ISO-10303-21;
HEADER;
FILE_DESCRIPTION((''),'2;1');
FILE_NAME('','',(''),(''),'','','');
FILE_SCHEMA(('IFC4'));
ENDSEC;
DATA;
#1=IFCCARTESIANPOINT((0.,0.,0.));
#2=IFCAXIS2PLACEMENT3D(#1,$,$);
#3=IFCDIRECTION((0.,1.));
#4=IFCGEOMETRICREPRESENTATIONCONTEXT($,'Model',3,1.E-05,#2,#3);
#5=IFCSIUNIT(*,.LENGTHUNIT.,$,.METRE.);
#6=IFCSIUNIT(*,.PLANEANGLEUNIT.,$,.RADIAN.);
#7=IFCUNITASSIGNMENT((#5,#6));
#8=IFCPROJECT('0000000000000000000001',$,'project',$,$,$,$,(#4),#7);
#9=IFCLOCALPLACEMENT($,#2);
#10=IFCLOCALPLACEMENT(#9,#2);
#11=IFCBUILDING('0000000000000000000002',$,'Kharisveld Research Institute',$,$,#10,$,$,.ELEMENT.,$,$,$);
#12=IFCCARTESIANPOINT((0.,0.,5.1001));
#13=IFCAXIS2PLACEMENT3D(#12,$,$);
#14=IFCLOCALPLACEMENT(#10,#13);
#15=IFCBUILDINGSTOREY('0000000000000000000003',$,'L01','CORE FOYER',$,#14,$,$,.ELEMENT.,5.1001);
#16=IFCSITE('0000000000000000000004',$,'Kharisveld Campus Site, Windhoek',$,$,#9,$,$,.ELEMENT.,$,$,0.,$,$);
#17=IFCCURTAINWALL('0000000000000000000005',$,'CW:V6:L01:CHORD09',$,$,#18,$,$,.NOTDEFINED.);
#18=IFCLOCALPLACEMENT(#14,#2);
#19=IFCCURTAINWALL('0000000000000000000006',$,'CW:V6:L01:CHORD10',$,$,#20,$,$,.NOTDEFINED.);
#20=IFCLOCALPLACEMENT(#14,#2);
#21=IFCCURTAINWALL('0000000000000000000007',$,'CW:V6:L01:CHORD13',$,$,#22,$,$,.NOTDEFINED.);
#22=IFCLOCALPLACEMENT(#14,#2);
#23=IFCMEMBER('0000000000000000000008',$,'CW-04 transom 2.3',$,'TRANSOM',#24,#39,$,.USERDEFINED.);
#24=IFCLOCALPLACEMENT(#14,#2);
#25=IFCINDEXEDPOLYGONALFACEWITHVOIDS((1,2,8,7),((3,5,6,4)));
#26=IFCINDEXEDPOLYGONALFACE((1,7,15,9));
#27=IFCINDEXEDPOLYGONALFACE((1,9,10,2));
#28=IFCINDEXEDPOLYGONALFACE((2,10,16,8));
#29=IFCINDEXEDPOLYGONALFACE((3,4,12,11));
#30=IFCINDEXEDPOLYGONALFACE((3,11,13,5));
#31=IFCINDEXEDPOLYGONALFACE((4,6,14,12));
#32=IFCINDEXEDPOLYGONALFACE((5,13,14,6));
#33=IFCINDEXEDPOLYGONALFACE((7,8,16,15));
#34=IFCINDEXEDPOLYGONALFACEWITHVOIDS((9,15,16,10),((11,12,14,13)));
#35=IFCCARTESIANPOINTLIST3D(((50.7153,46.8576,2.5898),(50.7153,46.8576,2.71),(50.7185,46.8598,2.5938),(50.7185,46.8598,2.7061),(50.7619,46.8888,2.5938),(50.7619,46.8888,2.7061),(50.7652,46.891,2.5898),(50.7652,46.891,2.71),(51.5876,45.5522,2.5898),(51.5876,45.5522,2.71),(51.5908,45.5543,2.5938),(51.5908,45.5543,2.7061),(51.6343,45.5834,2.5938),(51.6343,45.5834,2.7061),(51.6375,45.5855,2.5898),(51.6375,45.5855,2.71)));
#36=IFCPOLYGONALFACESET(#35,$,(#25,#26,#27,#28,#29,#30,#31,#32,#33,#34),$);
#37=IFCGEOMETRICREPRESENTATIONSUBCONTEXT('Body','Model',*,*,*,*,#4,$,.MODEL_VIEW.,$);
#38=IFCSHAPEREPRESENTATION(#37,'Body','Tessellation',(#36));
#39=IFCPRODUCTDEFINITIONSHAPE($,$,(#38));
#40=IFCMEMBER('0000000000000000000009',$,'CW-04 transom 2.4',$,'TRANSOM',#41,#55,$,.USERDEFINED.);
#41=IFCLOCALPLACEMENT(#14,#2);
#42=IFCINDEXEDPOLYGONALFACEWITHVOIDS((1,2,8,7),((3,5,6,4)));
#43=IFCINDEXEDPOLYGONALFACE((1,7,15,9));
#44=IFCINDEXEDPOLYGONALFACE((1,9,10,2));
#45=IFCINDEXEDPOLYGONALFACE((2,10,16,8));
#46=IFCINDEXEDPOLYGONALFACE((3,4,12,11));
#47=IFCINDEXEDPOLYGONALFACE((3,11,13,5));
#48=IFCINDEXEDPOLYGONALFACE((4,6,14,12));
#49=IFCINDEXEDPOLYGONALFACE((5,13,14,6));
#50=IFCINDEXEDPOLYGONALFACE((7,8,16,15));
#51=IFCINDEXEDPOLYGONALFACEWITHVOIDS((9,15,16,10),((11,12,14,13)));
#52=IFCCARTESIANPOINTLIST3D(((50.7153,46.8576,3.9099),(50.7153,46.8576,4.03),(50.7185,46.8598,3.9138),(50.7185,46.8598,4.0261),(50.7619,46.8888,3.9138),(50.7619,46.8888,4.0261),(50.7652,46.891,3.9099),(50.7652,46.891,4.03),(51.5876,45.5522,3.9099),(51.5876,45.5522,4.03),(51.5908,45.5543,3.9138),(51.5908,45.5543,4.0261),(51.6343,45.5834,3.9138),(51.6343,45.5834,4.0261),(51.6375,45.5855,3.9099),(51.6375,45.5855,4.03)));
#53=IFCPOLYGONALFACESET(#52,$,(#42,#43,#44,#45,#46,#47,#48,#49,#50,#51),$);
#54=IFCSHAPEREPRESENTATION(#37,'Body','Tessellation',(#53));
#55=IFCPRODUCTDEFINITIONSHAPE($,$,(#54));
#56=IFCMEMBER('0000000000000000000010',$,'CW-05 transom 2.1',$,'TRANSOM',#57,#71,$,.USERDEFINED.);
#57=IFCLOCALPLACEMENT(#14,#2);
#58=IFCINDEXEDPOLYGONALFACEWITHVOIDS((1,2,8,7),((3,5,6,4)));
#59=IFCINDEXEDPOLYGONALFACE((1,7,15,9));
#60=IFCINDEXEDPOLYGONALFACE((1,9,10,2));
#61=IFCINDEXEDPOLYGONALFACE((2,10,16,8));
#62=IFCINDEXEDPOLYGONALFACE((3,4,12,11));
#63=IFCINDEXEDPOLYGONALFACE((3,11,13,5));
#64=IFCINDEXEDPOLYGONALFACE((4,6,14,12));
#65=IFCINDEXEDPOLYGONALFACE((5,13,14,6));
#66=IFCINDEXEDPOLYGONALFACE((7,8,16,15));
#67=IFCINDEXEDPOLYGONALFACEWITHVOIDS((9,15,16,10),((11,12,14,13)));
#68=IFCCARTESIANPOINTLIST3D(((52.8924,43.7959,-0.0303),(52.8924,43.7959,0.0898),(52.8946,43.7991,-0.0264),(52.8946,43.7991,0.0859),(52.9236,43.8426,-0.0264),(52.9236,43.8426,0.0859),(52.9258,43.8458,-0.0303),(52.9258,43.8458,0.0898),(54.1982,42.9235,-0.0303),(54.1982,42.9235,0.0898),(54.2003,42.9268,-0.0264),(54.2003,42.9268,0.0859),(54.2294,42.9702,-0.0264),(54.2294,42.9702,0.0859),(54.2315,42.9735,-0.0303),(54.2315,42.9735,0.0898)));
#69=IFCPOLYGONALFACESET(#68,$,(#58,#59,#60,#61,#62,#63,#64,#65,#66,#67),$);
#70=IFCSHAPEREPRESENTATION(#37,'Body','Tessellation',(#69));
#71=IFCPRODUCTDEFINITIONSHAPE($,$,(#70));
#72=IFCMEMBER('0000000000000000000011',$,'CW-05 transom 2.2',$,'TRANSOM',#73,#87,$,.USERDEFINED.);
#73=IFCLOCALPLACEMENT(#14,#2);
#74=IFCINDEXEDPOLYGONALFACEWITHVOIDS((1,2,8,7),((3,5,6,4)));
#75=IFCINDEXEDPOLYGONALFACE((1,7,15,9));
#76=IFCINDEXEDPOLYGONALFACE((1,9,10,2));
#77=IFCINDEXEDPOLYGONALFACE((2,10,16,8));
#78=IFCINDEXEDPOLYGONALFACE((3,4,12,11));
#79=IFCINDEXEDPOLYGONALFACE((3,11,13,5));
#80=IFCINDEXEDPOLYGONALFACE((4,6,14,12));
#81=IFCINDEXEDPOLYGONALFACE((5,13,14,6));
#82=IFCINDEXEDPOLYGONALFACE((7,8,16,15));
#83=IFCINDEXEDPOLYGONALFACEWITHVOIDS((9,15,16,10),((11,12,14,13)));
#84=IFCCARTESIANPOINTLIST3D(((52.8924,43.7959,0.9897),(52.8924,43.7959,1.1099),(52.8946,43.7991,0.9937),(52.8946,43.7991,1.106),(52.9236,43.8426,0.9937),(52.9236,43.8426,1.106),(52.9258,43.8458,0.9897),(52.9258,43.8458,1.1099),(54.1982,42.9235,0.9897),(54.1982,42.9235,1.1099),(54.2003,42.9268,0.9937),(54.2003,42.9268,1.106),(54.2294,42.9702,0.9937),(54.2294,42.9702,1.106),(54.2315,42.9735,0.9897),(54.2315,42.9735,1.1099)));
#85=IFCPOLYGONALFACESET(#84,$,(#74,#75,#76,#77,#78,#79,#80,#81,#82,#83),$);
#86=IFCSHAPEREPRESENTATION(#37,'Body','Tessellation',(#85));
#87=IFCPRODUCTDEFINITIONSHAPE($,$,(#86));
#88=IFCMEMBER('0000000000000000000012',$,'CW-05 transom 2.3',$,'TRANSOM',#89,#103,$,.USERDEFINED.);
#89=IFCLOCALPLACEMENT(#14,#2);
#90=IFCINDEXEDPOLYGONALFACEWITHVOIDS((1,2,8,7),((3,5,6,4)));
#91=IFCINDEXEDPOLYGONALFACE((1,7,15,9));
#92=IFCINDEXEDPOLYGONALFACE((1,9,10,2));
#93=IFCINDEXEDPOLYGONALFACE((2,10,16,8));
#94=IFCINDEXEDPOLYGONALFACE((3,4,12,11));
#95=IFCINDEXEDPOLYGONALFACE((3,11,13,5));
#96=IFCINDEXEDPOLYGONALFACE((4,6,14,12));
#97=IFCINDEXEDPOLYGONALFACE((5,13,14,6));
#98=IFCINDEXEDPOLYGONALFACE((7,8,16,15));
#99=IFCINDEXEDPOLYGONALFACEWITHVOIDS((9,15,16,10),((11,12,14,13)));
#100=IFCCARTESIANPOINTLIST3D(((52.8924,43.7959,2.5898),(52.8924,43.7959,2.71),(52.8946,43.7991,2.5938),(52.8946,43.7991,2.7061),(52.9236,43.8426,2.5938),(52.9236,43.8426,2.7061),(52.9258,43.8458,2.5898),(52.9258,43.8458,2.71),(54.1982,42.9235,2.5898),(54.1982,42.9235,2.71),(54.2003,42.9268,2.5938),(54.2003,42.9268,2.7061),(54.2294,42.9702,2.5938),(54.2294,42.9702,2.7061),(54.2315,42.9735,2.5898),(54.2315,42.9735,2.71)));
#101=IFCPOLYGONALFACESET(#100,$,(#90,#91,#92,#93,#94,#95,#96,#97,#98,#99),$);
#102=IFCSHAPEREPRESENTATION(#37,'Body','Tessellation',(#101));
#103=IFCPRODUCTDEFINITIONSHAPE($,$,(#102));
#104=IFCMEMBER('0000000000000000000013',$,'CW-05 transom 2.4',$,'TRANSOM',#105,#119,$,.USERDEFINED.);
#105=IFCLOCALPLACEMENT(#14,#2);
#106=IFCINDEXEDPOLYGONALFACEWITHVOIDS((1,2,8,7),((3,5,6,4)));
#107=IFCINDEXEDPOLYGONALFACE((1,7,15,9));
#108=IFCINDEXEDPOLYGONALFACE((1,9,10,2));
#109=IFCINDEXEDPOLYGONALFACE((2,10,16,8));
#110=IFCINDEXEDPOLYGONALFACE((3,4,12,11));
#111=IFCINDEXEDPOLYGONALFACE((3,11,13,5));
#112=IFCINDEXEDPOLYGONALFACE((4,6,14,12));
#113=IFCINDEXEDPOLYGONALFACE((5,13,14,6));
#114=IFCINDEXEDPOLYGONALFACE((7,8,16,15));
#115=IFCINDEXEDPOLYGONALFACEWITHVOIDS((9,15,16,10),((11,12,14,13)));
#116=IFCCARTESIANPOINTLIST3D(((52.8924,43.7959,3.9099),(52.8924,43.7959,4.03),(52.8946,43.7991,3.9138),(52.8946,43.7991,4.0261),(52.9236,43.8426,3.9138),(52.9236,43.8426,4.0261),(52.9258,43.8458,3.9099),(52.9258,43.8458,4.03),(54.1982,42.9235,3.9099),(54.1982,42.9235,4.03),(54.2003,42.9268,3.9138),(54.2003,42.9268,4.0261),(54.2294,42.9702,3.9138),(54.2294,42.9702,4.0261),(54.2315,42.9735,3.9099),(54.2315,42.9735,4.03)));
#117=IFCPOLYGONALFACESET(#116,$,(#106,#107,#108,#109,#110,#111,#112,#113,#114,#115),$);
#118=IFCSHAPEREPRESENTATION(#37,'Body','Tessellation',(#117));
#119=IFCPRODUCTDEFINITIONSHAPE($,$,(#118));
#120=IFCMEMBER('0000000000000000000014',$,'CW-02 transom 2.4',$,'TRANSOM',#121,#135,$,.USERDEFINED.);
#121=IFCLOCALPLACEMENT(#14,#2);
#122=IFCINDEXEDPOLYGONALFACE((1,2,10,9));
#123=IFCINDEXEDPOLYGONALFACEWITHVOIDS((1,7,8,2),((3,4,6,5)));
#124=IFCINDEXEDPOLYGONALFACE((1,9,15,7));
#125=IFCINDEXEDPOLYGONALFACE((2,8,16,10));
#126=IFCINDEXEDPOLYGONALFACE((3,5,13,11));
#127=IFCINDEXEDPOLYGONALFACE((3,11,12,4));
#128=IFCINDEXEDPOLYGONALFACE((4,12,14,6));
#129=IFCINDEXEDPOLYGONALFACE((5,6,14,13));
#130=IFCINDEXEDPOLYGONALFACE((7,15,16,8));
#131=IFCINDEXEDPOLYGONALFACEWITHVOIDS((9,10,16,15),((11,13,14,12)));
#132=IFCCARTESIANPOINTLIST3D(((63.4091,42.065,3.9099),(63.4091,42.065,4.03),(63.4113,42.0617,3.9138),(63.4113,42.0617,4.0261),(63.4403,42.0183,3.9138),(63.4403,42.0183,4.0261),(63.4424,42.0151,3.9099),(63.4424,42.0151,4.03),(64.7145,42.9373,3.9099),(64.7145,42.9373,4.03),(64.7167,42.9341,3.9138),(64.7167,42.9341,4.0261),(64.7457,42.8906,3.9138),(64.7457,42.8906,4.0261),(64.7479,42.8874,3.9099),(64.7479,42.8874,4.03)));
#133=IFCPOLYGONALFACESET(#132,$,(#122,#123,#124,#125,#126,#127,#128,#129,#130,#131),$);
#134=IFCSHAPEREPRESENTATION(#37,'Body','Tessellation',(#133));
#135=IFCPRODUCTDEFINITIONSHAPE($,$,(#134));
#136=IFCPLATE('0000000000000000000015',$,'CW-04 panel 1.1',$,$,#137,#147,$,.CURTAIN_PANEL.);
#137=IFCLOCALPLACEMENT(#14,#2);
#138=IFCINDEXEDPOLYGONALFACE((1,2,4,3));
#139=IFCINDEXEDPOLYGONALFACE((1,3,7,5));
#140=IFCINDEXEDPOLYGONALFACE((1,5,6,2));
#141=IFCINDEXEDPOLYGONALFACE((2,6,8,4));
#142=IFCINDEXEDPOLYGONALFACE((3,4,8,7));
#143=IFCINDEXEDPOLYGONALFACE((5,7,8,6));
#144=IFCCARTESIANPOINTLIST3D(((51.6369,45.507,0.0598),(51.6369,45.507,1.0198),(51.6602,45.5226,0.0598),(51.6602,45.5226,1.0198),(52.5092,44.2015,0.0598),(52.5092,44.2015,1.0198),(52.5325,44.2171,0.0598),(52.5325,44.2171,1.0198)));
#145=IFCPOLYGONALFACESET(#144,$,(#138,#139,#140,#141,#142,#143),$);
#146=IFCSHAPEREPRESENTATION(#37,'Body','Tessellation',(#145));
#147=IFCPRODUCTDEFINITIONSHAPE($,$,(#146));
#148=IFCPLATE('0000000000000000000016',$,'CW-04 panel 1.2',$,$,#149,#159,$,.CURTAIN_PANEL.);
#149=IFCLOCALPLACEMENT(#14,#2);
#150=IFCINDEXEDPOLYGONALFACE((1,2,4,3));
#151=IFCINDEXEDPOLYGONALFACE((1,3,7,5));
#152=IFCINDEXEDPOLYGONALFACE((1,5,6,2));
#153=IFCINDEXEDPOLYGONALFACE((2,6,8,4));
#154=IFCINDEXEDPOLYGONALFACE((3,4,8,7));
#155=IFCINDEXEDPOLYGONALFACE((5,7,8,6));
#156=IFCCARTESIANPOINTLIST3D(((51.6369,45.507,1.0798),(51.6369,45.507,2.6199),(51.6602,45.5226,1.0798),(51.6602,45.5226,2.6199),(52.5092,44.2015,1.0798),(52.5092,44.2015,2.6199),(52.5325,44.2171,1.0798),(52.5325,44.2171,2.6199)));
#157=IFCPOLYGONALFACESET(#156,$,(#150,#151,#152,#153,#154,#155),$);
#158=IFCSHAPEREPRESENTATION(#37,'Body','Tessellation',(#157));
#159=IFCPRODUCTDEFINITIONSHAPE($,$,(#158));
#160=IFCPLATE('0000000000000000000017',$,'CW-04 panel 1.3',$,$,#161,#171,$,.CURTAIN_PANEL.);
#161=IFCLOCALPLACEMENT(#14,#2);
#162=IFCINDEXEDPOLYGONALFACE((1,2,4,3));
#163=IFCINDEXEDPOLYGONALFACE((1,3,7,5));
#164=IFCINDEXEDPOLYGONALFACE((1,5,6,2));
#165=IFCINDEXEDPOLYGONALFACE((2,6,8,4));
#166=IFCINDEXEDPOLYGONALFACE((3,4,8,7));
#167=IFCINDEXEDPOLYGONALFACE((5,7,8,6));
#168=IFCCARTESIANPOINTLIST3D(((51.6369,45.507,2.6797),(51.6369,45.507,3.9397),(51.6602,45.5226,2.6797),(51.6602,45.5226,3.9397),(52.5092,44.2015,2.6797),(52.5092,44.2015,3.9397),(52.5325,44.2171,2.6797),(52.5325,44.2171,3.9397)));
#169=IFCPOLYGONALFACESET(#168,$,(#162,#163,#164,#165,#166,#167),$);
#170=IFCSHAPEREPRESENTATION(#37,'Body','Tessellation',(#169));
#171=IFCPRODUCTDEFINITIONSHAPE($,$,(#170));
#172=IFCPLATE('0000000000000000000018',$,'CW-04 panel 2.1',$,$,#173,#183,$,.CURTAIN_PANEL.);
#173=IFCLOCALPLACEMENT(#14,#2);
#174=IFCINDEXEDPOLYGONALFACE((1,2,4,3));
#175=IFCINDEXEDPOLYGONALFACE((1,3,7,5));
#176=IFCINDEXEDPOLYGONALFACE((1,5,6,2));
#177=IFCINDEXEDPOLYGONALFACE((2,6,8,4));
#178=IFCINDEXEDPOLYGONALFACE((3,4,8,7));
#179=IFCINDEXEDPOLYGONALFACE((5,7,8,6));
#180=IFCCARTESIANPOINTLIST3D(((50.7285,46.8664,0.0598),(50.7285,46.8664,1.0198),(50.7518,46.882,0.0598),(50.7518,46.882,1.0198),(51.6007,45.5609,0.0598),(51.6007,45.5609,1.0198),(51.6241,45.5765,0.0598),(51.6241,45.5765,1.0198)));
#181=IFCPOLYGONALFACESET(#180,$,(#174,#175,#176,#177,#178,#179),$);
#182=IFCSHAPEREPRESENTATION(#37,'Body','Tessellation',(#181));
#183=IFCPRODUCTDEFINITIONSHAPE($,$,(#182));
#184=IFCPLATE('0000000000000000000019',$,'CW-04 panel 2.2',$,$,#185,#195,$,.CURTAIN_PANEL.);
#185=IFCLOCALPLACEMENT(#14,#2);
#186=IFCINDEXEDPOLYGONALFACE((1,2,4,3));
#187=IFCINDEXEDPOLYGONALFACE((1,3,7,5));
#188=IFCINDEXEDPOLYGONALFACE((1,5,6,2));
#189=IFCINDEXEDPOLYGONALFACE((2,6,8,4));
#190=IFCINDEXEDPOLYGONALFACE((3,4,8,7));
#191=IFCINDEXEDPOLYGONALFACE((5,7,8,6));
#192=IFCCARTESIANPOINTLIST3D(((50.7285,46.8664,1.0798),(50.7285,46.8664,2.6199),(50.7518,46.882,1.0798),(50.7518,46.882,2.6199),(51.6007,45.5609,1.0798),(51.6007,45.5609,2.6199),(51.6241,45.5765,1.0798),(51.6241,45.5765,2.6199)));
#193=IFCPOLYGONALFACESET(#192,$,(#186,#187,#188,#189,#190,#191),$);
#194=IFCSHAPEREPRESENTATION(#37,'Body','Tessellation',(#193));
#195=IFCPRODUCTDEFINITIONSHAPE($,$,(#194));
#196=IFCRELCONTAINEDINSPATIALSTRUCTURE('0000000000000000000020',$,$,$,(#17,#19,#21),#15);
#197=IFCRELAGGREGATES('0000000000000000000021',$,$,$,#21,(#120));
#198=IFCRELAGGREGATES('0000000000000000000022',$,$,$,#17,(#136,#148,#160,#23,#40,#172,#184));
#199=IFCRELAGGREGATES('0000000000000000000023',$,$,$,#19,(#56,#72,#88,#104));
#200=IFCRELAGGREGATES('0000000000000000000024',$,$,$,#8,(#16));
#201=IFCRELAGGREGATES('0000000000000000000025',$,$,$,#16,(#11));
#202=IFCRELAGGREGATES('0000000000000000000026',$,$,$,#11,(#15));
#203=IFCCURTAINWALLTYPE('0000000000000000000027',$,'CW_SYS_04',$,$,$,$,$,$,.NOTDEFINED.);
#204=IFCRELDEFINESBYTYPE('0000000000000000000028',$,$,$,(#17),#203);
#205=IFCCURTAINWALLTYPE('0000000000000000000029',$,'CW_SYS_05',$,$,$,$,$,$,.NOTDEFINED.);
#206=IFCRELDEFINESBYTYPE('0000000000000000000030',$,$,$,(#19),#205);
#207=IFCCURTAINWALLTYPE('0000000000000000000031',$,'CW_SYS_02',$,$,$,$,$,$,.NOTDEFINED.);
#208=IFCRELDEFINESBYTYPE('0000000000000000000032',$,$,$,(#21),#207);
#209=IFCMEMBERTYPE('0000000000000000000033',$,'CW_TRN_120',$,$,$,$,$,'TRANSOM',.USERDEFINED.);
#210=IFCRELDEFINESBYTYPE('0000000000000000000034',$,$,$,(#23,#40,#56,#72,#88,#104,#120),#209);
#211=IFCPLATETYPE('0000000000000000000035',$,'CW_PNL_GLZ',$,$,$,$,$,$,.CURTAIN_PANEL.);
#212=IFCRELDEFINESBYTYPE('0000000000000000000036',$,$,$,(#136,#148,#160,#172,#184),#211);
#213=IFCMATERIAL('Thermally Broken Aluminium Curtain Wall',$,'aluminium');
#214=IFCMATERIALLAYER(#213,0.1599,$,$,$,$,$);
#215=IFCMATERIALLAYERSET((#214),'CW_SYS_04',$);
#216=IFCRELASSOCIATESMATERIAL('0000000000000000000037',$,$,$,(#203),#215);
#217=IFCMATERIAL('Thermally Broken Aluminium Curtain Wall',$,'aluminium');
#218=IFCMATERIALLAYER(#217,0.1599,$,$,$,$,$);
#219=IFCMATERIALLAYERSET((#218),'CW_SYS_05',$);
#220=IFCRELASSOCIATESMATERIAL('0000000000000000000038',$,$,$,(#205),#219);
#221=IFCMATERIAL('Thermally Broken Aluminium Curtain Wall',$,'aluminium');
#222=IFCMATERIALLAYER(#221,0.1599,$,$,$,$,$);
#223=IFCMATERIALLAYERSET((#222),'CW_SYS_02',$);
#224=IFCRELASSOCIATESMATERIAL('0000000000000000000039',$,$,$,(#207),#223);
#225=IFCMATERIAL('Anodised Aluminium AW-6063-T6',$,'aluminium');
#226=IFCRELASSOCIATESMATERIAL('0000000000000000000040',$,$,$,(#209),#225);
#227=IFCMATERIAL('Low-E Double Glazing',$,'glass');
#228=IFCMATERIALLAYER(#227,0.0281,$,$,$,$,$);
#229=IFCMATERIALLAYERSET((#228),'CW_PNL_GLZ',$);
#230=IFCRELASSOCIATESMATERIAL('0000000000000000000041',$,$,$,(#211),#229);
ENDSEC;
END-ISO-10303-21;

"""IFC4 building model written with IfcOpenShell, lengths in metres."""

from ifc_helpers import new_model, si_unit, direction, frame, origin, origin_2d, place, context, subcontext, project, spatial, rectangle, hollow_rectangle, extrude, material, layer, layer_set, material_profile, profile_set, type_object, element, aggregate, save


model = new_model("IFC4")

# Units and contexts
model_context = context("Model", 3, precision=1e-05, world=origin(), true_north=direction((0.0, 1.0)))
body_context = subcontext(model_context, "Body", "Model", "MODEL_VIEW")
ifc_project = project(units=[si_unit("LENGTHUNIT", "METRE"), si_unit("PLANEANGLEUNIT", "RADIAN")], contexts=[model_context])

# Site, building, storey
site_placement = place(None, origin())
site = spatial("IfcSite", under=ifc_project, at=site_placement, Name="Kharisveld Campus Site, Windhoek", CompositionType="ELEMENT", RefElevation=0.0)
building_placement = place(site_placement, origin())
building = spatial("IfcBuilding", under=site, at=building_placement, Name="Kharisveld Research Institute", CompositionType="ELEMENT")
storey_placement = place(building_placement, frame((0.0, 0.0, 5.1001)))
storey = spatial("IfcBuildingStorey", under=building, at=storey_placement, Name="L01", Description="CORE FOYER", CompositionType="ELEMENT", Elevation=5.1001)

# Curtain walls
ifc_material_1 = material(Name="Thermally Broken Aluminium Curtain Wall", Category="aluminium")
ifc_layer_1 = layer(ifc_material_1, 0.1599)
ifc_layer_set_1 = layer_set([ifc_layer_1], Name="CW_SYS_04")
curtain_wall_type_1 = type_object("IfcCurtainWallType", Name="CW_SYS_04", PredefinedType="NOTDEFINED", material=ifc_layer_set_1)
curtain_wall_1_placement = place(storey_placement, origin())
curtain_wall_1 = element("IfcCurtainWall", 1, at=curtain_wall_1_placement, inside=storey, type_object=curtain_wall_type_1, Name="CW:V6:L01:CHORD09", PredefinedType="NOTDEFINED")
ifc_material_2 = material(Name="Thermally Broken Aluminium Curtain Wall", Category="aluminium")
ifc_layer_2 = layer(ifc_material_2, 0.1599)
ifc_layer_set_2 = layer_set([ifc_layer_2], Name="CW_SYS_05")
curtain_wall_type_2 = type_object("IfcCurtainWallType", Name="CW_SYS_05", PredefinedType="NOTDEFINED", material=ifc_layer_set_2)
curtain_wall_2_placement = place(storey_placement, origin())
curtain_wall_2 = element("IfcCurtainWall", 2, at=curtain_wall_2_placement, inside=storey, type_object=curtain_wall_type_2, Name="CW:V6:L01:CHORD10", PredefinedType="NOTDEFINED")

# Curtain wall
ifc_material_3 = material(Name="Thermally Broken Aluminium Curtain Wall", Category="aluminium")
ifc_layer_3 = layer(ifc_material_3, 0.1599)
ifc_layer_set_3 = layer_set([ifc_layer_3], Name="CW_SYS_02")
curtain_wall_type_3 = type_object("IfcCurtainWallType", Name="CW_SYS_02", PredefinedType="NOTDEFINED", material=ifc_layer_set_3)
curtain_wall_3_placement = place(storey_placement, origin())
curtain_wall_3 = element("IfcCurtainWall", 3, at=curtain_wall_3_placement, inside=storey, type_object=curtain_wall_type_3, Name="CW:V6:L01:CHORD13", PredefinedType="NOTDEFINED")

# Members
ifc_material_4 = material(Name="Anodised Aluminium AW-6063-T6", Category="aluminium")
ifc_material_profile_1 = material_profile(ifc_material_4, hollow_rectangle(XDim=0.0601, YDim=0.1201, WallThickness=0.0039, at=origin_2d()))
ifc_profile_set_1 = profile_set([ifc_material_profile_1], Name="Anodised Aluminium AW-6063-T6")
member_type_1 = type_object("IfcMemberType", Name="CW_TRN_120", ElementType="TRANSOM", PredefinedType="USERDEFINED", material=ifc_profile_set_1)
member_1_placement = place(storey_placement, frame((51.6125, 45.5688, 2.6499), z_axis=(-0.555597, 0.831452, 0.0), x_axis=(-0.831452, -0.555597, 0.0)))
member_1 = element("IfcMember", 4, at=member_1_placement, type_object=member_type_1, Name="CW-04 transom 2.3", ObjectType="TRANSOM", PredefinedType="USERDEFINED", context=body_context, shape_type="SweptSolid", body=[
    extrude(hollow_rectangle(XDim=0.0601, YDim=0.1201, WallThickness=0.0039, at=origin_2d()), origin(), (0.0, 0.0, 1.0), 1.5701),
])
member_2_placement = place(storey_placement, frame((51.6125, 45.5688, 3.97), z_axis=(-0.555597, 0.831452, 0.0), x_axis=(-0.831452, -0.555597, 0.0)))
member_2 = element("IfcMember", 5, at=member_2_placement, type_object=member_type_1, Name="CW-04 transom 2.4", ObjectType="TRANSOM", PredefinedType="USERDEFINED", context=body_context, shape_type="SweptSolid", body=[
    extrude(hollow_rectangle(XDim=0.0601, YDim=0.1201, WallThickness=0.0039, at=origin_2d()), origin(), (0.0, 0.0, 1.0), 1.5701),
])
member_3_placement = place(storey_placement, frame((54.2148, 42.9485, 0.0298), z_axis=(-0.8315, 0.555525, 0.0), x_axis=(-0.555525, -0.8315, 0.0)))
member_3 = element("IfcMember", 6, at=member_3_placement, type_object=member_type_1, Name="CW-05 transom 2.1", ObjectType="TRANSOM", PredefinedType="USERDEFINED", context=body_context, shape_type="SweptSolid", body=[
    extrude(hollow_rectangle(XDim=0.0601, YDim=0.1201, WallThickness=0.0039, at=origin_2d()), origin(), (0.0, 0.0, 1.0), 1.5703),
])
member_4_placement = place(storey_placement, frame((54.2148, 42.9485, 1.0498), z_axis=(-0.8315, 0.555525, 0.0), x_axis=(-0.555525, -0.8315, 0.0)))
member_4 = element("IfcMember", 7, at=member_4_placement, type_object=member_type_1, Name="CW-05 transom 2.2", ObjectType="TRANSOM", PredefinedType="USERDEFINED", context=body_context, shape_type="SweptSolid", body=[
    extrude(hollow_rectangle(XDim=0.0601, YDim=0.1201, WallThickness=0.0039, at=origin_2d()), origin(), (0.0, 0.0, 1.0), 1.5703),
])
member_5_placement = place(storey_placement, frame((54.2148, 42.9485, 2.6499), z_axis=(-0.8315, 0.555525, 0.0), x_axis=(-0.555525, -0.8315, 0.0)))
member_5 = element("IfcMember", 8, at=member_5_placement, type_object=member_type_1, Name="CW-05 transom 2.3", ObjectType="TRANSOM", PredefinedType="USERDEFINED", context=body_context, shape_type="SweptSolid", body=[
    extrude(hollow_rectangle(XDim=0.0601, YDim=0.1201, WallThickness=0.0039, at=origin_2d()), origin(), (0.0, 0.0, 1.0), 1.5703),
])
member_6_placement = place(storey_placement, frame((54.2148, 42.9485, 3.97), z_axis=(-0.8315, 0.555525, 0.0), x_axis=(-0.555525, -0.8315, 0.0)))
member_6 = element("IfcMember", 9, at=member_6_placement, type_object=member_type_1, Name="CW-05 transom 2.4", ObjectType="TRANSOM", PredefinedType="USERDEFINED", context=body_context, shape_type="SweptSolid", body=[
    extrude(hollow_rectangle(XDim=0.0601, YDim=0.1201, WallThickness=0.0039, at=origin_2d()), origin(), (0.0, 0.0, 1.0), 1.5703),
])
member_7_placement = place(storey_placement, frame((64.7312, 42.9124, 3.97), z_axis=(-0.831452, -0.555597, 0.0), x_axis=(0.555597, -0.831452, 0.0)))
member_7 = element("IfcMember", 10, at=member_7_placement, type_object=member_type_1, Name="CW-02 transom 2.4", ObjectType="TRANSOM", PredefinedType="USERDEFINED", context=body_context, shape_type="SweptSolid", body=[
    extrude(hollow_rectangle(XDim=0.0601, YDim=0.1201, WallThickness=0.0039, at=origin_2d()), origin(), (0.0, 0.0, 1.0), 1.5701),
])
aggregate(curtain_wall_3, [member_7])

# Plates
ifc_material_5 = material(Name="Low-E Double Glazing", Category="glass")
ifc_layer_4 = layer(ifc_material_5, 0.0281)
ifc_layer_set_4 = layer_set([ifc_layer_4], Name="CW_PNL_GLZ")
plate_type = type_object("IfcPlateType", Name="CW_PNL_GLZ", PredefinedType="CURTAIN_PANEL", material=ifc_layer_set_4)
plate_1_placement = place(storey_placement, frame((52.0847, 44.8621, 0.0598), z_axis=(0.0, 0.0, 1.0), x_axis=(-0.55557, 0.83147, 0.0)))
plate_1 = element("IfcPlate", 11, at=plate_1_placement, type_object=plate_type, Name="CW-04 panel 1.1", PredefinedType="CURTAIN_PANEL", context=body_context, shape_type="SweptSolid", body=[
    extrude(rectangle(XDim=1.5701, YDim=0.0281, at=origin_2d()), origin(), (0.0, 0.0, 1.0), 0.96),
])
plate_2_placement = place(storey_placement, frame((52.0847, 44.8621, 1.0798), z_axis=(0.0, 0.0, 1.0), x_axis=(-0.55557, 0.83147, 0.0)))
plate_2 = element("IfcPlate", 12, at=plate_2_placement, type_object=plate_type, Name="CW-04 panel 1.2", PredefinedType="CURTAIN_PANEL", context=body_context, shape_type="SweptSolid", body=[
    extrude(rectangle(XDim=1.5701, YDim=0.0281, at=origin_2d()), origin(), (0.0, 0.0, 1.0), 1.54),
])
plate_3_placement = place(storey_placement, frame((52.0847, 44.8621, 2.6797), z_axis=(0.0, 0.0, 1.0), x_axis=(-0.55557, 0.83147, 0.0)))
plate_3 = element("IfcPlate", 13, at=plate_3_placement, type_object=plate_type, Name="CW-04 panel 1.3", PredefinedType="CURTAIN_PANEL", context=body_context, shape_type="SweptSolid", body=[
    extrude(rectangle(XDim=1.5701, YDim=0.0281, at=origin_2d()), origin(), (0.0, 0.0, 1.0), 1.26),
])
plate_4_placement = place(storey_placement, frame((51.1763, 46.2214, 0.0598), z_axis=(0.0, 0.0, 1.0), x_axis=(-0.55557, 0.83147, 0.0)))
plate_4 = element("IfcPlate", 14, at=plate_4_placement, type_object=plate_type, Name="CW-04 panel 2.1", PredefinedType="CURTAIN_PANEL", context=body_context, shape_type="SweptSolid", body=[
    extrude(rectangle(XDim=1.5701, YDim=0.0281, at=origin_2d()), origin(), (0.0, 0.0, 1.0), 0.96),
])
plate_5_placement = place(storey_placement, frame((51.1763, 46.2214, 1.0798), z_axis=(0.0, 0.0, 1.0), x_axis=(-0.55557, 0.83147, 0.0)))
plate_5 = element("IfcPlate", 15, at=plate_5_placement, type_object=plate_type, Name="CW-04 panel 2.2", PredefinedType="CURTAIN_PANEL", context=body_context, shape_type="SweptSolid", body=[
    extrude(rectangle(XDim=1.5701, YDim=0.0281, at=origin_2d()), origin(), (0.0, 0.0, 1.0), 1.54),
])
aggregate(curtain_wall_1, [plate_1, plate_2, plate_3, member_1, member_2, plate_4, plate_5])
aggregate(curtain_wall_2, [member_3, member_4, member_5, member_6])

save(model, "model.ifc")
